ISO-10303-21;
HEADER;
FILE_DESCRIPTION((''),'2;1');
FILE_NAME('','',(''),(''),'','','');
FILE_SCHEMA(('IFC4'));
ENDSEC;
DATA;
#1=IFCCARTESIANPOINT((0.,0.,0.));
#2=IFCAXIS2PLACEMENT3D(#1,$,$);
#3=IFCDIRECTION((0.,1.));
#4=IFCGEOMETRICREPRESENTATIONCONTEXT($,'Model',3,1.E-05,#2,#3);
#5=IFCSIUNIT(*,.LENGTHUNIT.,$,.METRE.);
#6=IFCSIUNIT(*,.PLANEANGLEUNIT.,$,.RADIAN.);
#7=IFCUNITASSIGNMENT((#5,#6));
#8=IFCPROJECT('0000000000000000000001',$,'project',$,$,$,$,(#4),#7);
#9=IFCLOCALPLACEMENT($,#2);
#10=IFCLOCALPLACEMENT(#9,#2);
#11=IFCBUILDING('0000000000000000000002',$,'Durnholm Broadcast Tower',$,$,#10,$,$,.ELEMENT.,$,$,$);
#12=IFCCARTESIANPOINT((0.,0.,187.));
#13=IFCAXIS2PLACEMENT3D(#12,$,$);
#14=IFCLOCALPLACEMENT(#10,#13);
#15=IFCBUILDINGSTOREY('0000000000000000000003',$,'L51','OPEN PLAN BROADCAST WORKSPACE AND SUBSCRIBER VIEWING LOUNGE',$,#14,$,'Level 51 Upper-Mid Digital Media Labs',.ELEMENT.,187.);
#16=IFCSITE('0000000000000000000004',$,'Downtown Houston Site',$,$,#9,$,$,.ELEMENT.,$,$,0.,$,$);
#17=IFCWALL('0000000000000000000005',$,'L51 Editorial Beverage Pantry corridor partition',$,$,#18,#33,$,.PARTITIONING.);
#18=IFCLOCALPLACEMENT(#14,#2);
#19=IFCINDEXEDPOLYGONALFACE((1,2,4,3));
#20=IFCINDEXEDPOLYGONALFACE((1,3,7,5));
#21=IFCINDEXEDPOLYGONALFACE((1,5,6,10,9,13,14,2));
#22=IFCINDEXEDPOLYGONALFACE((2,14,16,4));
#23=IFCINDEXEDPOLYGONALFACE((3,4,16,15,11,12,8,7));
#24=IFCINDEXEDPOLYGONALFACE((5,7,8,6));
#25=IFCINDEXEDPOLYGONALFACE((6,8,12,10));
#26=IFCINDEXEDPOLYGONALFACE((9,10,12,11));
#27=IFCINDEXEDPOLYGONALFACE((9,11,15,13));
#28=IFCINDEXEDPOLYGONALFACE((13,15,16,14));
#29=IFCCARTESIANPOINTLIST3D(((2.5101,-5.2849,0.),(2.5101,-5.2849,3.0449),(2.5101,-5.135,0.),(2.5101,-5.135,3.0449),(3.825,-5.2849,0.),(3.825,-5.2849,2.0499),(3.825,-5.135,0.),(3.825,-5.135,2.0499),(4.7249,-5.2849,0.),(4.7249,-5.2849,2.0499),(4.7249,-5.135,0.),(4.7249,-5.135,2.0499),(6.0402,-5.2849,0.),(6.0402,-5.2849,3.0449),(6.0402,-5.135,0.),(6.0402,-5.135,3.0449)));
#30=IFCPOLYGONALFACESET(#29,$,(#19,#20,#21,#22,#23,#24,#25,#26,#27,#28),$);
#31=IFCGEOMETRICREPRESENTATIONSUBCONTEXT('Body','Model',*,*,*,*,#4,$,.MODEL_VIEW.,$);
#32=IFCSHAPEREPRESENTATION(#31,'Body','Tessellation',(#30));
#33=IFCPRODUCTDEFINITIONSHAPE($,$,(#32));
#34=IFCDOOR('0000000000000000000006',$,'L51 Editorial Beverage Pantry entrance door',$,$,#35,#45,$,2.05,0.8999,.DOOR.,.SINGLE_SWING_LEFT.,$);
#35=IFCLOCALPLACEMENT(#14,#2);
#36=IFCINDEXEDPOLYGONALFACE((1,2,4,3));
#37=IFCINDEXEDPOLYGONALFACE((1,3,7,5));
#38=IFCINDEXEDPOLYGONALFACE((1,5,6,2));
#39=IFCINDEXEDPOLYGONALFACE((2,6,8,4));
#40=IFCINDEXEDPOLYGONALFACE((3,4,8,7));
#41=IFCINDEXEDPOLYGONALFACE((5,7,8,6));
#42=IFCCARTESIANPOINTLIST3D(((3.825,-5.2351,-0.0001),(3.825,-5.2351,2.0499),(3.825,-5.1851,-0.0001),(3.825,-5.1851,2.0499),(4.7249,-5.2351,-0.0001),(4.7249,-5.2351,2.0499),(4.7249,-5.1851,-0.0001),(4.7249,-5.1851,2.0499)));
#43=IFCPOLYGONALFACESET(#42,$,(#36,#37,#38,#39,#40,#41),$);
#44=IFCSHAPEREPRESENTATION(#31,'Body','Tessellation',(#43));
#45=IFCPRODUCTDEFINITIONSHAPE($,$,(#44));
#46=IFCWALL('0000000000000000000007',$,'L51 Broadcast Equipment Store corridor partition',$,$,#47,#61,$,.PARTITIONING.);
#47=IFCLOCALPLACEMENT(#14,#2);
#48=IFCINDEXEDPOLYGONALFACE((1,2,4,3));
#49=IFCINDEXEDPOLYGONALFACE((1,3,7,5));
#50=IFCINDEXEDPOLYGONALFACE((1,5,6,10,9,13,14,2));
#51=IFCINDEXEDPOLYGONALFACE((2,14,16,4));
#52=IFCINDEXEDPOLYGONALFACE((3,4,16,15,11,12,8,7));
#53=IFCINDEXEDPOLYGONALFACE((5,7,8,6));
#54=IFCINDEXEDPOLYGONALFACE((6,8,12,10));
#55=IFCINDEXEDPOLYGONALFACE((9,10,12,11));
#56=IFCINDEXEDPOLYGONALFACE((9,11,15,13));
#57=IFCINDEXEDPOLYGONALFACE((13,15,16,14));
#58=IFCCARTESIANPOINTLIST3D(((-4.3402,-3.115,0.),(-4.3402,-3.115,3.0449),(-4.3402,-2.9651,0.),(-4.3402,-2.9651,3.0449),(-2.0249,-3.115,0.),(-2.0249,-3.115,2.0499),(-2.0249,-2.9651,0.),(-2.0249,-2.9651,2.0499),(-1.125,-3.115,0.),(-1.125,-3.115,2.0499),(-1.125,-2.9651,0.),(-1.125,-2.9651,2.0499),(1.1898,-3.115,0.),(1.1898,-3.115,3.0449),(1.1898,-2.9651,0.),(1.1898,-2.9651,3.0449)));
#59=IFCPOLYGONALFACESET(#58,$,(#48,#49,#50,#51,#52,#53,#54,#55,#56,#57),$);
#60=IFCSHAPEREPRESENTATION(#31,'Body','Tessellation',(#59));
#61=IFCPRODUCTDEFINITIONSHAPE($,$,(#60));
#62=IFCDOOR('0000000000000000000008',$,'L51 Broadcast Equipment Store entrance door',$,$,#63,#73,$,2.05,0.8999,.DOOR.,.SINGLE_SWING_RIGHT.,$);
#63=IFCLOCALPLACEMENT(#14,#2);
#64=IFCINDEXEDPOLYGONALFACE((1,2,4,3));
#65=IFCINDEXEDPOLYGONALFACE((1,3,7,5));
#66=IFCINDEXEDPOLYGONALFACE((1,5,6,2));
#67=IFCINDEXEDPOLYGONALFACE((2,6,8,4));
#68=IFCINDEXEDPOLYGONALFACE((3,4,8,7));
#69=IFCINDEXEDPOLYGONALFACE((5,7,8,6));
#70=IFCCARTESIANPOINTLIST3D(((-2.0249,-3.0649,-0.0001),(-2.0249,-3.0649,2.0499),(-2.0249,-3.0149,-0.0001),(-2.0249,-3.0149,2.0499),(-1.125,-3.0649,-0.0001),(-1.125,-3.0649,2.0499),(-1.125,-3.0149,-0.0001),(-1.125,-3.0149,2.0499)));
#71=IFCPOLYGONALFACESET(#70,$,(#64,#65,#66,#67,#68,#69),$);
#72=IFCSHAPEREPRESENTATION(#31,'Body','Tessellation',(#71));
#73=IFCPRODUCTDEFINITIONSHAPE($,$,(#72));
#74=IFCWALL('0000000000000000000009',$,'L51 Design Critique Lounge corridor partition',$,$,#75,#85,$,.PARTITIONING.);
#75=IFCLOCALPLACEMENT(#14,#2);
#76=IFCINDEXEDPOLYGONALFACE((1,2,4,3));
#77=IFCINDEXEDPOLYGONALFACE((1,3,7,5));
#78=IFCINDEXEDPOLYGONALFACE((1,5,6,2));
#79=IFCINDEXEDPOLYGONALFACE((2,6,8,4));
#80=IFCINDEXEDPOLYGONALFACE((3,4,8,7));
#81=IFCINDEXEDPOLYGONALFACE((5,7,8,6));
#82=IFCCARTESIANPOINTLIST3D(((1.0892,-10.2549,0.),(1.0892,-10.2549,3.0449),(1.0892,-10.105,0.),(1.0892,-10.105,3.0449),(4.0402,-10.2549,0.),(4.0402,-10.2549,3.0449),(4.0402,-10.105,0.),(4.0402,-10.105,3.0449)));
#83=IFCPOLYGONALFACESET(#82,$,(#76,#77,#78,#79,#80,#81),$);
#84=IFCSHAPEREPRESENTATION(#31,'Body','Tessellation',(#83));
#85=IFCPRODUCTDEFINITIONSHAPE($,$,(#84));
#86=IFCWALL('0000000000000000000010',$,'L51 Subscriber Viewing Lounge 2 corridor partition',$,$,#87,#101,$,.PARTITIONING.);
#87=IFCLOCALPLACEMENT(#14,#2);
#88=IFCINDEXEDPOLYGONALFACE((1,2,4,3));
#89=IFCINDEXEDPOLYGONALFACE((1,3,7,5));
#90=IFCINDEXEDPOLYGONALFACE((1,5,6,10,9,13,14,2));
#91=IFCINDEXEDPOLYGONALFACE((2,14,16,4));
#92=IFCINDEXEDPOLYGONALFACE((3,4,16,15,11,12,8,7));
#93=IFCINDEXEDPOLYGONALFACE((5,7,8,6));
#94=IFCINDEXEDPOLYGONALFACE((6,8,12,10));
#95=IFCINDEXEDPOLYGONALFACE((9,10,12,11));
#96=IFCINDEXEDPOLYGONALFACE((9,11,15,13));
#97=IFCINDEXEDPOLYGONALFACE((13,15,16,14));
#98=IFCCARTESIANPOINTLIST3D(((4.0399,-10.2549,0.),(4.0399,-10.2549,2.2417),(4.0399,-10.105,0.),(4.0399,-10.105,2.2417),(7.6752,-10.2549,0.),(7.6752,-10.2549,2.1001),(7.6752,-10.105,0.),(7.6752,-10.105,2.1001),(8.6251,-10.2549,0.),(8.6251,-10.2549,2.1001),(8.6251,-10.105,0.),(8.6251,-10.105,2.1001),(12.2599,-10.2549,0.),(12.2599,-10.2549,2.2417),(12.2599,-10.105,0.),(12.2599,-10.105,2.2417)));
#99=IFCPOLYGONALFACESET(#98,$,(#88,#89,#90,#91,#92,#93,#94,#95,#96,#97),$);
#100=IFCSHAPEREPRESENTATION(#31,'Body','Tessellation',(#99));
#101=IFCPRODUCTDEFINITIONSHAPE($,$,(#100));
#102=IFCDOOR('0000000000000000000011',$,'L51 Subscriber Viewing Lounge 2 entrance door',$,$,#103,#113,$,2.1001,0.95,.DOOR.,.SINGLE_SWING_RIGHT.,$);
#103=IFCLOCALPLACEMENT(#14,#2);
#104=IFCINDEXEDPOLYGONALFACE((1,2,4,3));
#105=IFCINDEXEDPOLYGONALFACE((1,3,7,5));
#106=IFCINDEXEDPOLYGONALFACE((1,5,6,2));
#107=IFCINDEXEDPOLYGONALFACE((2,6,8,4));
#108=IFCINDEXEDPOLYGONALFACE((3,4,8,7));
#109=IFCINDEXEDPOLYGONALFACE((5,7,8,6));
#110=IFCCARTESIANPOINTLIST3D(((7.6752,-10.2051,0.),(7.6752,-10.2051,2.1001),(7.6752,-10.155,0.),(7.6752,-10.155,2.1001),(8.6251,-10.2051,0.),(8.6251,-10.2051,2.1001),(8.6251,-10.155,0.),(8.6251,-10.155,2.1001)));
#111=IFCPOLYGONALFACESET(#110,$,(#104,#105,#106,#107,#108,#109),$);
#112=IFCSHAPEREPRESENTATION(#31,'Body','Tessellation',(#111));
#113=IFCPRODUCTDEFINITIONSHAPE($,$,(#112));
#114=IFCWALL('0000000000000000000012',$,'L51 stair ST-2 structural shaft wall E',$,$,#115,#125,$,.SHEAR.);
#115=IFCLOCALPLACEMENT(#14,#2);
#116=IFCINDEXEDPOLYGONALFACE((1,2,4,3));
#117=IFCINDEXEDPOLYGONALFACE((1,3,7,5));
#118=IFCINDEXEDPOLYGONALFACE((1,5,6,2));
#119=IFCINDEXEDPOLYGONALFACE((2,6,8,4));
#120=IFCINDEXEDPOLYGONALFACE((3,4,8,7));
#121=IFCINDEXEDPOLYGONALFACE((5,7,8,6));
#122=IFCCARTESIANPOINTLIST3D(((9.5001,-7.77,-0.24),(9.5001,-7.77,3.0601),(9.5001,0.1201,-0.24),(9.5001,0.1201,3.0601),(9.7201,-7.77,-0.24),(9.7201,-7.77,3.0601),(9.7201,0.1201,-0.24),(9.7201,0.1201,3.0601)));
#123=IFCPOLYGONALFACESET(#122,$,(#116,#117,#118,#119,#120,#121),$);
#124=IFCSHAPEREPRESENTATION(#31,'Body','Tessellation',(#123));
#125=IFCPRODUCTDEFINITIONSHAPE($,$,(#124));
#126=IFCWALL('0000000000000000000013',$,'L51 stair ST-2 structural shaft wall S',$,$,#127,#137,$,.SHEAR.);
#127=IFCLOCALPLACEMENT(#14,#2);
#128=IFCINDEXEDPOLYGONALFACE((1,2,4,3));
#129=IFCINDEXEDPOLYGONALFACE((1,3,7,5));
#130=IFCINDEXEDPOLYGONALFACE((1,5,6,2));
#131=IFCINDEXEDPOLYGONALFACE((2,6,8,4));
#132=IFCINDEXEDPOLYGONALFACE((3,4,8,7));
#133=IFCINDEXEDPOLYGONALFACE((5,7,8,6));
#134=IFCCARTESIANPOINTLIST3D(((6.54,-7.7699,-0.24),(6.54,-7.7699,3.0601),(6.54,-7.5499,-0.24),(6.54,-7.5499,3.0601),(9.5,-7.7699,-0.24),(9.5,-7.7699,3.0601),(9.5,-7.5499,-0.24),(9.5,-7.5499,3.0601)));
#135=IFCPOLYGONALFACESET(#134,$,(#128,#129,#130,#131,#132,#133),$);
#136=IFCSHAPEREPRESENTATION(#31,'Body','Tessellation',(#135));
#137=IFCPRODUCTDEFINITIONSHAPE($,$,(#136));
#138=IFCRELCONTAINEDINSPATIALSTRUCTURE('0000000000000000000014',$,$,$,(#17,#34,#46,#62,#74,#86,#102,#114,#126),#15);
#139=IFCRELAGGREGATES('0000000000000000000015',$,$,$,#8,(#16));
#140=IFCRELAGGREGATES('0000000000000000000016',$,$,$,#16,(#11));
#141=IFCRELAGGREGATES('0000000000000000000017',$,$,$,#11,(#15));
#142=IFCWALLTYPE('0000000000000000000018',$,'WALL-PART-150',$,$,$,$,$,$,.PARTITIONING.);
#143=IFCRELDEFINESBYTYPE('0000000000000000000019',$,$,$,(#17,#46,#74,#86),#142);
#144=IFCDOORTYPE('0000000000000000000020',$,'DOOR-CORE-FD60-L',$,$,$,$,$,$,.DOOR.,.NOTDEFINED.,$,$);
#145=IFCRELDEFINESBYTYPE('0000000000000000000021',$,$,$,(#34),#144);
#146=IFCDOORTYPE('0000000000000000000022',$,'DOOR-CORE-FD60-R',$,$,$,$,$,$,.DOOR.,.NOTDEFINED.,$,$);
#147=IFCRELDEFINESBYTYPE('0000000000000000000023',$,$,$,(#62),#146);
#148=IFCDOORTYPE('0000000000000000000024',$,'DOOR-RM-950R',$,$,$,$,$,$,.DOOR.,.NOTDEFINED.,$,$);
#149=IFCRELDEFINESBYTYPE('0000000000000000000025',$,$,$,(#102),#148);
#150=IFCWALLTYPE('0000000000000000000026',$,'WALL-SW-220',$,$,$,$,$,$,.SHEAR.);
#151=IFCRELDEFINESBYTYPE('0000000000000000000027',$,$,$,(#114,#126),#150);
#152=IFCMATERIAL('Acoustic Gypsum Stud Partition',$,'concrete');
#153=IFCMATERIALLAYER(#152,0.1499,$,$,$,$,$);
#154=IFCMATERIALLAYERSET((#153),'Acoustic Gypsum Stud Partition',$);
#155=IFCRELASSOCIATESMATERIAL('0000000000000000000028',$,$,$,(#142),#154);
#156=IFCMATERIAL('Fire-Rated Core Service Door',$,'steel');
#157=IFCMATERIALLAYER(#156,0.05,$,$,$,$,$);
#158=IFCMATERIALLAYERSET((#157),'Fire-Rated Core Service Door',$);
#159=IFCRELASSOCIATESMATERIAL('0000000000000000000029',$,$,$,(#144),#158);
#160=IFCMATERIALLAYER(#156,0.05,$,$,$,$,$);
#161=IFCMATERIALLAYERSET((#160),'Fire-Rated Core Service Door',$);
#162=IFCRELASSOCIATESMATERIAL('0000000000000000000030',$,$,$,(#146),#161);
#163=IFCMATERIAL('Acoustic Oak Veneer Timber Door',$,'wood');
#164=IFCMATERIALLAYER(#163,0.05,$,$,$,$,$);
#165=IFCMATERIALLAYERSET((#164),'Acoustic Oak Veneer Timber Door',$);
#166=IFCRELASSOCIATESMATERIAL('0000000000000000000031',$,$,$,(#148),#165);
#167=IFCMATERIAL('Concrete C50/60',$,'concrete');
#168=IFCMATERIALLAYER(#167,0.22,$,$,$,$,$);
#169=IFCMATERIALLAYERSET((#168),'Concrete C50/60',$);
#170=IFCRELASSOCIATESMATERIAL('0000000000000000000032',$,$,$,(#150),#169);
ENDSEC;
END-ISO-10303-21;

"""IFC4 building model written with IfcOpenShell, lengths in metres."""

from ifc_helpers import new_model, si_unit, direction, frame, frame_2d, origin, place, context, subcontext, project, spatial, rectangle, extrude, source, transform, mapped, material, layer, layer_set, type_object, type_shapes, element, fill, save


model = new_model("IFC4")

# Units and contexts
model_context = context("Model", 3, precision=1e-05, world=origin(), true_north=direction((0.0, 1.0)))
body_context = subcontext(model_context, "Body", "Model", "MODEL_VIEW")
ifc_project = project(units=[si_unit("LENGTHUNIT", "METRE"), si_unit("PLANEANGLEUNIT", "RADIAN")], contexts=[model_context])

# Site, building, storey
site_placement = place(None, origin())
site = spatial("IfcSite", under=ifc_project, at=site_placement, Name="Downtown Houston Site", CompositionType="ELEMENT", RefElevation=0.0)
building_placement = place(site_placement, origin())
building = spatial("IfcBuilding", under=site, at=building_placement, Name="Durnholm Broadcast Tower", CompositionType="ELEMENT")
storey_placement = place(building_placement, frame((0.0, 0.0, 187.0)))
storey = spatial("IfcBuildingStorey", under=building, at=storey_placement, Name="L51", Description="OPEN PLAN BROADCAST WORKSPACE AND SUBSCRIBER VIEWING LOUNGE", LongName="Level 51 Upper-Mid Digital Media Labs", CompositionType="ELEMENT", Elevation=187.0)

# Walls, openings, doors
ifc_material_1 = material(Name="Acoustic Gypsum Stud Partition", Category="concrete")
ifc_layer_1 = layer(ifc_material_1, 0.1499)
ifc_layer_set_1 = layer_set([ifc_layer_1], Name="Acoustic Gypsum Stud Partition")
wall_type_1 = type_object("IfcWallType", Name="WALL-PART-150", PredefinedType="PARTITIONING", material=ifc_layer_set_1)
wall_1_placement = place(storey_placement, frame((2.51, -5.21, 0.0), z_axis=(0.0, 0.0, 1.0), x_axis=(1.0, 0.0, 0.0)))
wall_1 = element("IfcWall", 1, at=wall_1_placement, inside=storey, type_object=wall_type_1, Name="L51 Editorial Beverage Pantry corridor partition", PredefinedType="PARTITIONING", context=body_context, shape_type="SweptSolid", body=[
    extrude(rectangle(XDim=3.53, YDim=0.1499, at=frame_2d((1.7651, 0.0))), origin(), (0.0, 0.0, 1.0), 3.0449),
])
opening_1_placement = place(wall_1_placement, frame((1.3149, 0.0, 0.0)))
opening_1 = element("IfcOpeningElement", 2, at=opening_1_placement, cuts=wall_1, PredefinedType="OPENING", context=body_context, shape_type="SweptSolid", body=[
    extrude(rectangle(XDim=0.8999, YDim=2.05, at=frame_2d((0.45, 1.0249))), frame((0.0, 0.085, 0.0), z_axis=(0.0, -1.0, 0.0), x_axis=(1.0, 0.0, 0.0)), (0.0, 0.0, 1.0), 0.1699),
])
ifc_material_2 = material(Name="Fire-Rated Core Service Door", Category="steel")
ifc_layer_2 = layer(ifc_material_2, 0.05)
ifc_layer_set_2 = layer_set([ifc_layer_2], Name="Fire-Rated Core Service Door")
door_type_1 = type_object("IfcDoorType", Name="DOOR-CORE-FD60-L", OperationType="NOTDEFINED", PredefinedType="DOOR", material=ifc_layer_set_2)
shared_shape_1 = source(origin(), body_context, "Body", "SweptSolid", [
    extrude(rectangle(XDim=0.8999, YDim=2.05, at=frame_2d((0.45, 1.0249))), frame((0.0, 0.0249, 0.0), z_axis=(0.0, -1.0, 0.0), x_axis=(1.0, 0.0, 0.0)), (0.0, 0.0, 1.0), 0.05),
])
type_shapes(door_type_1, [shared_shape_1])
door_1_placement = place(opening_1_placement, origin())
door_1 = element("IfcDoor", 3, at=door_1_placement, inside=storey, type_object=door_type_1, Name="L51 Editorial Beverage Pantry entrance door", OperationType="SINGLE_SWING_LEFT", OverallHeight=2.05, OverallWidth=0.8999, PredefinedType="DOOR", context=body_context, shape_type="MappedRepresentation", body=[
    mapped(shared_shape_1, transform((0.0, 0.0, 0.0), x_axis=(1.0, 0.0, 0.0), y_axis=(0.0, 1.0, 0.0), z_axis=(0.0, 0.0, 1.0), scale=1.0)),
])
fill(opening_1, door_1)
wall_2_placement = place(storey_placement, frame((1.1899, -3.04, 0.0), z_axis=(0.0, 0.0, 1.0), x_axis=(-1.0, 0.0, 0.0)))
wall_2 = element("IfcWall", 4, at=wall_2_placement, inside=storey, type_object=wall_type_1, Name="L51 Broadcast Equipment Store corridor partition", PredefinedType="PARTITIONING", context=body_context, shape_type="SweptSolid", body=[
    extrude(rectangle(XDim=5.53, YDim=0.1499, at=frame_2d((2.7651, 0.0))), origin(), (0.0, 0.0, 1.0), 3.0449),
])
opening_2_placement = place(wall_2_placement, frame((2.3149, 0.0, 0.0)))
opening_2 = element("IfcOpeningElement", 5, at=opening_2_placement, cuts=wall_2, PredefinedType="OPENING", context=body_context, shape_type="SweptSolid", body=[
    extrude(rectangle(XDim=0.8999, YDim=2.05, at=frame_2d((0.45, 1.0249))), frame((0.0, 0.085, 0.0), z_axis=(0.0, -1.0, 0.0), x_axis=(1.0, 0.0, 0.0)), (0.0, 0.0, 1.0), 0.1699),
])
ifc_layer_3 = layer(ifc_material_2, 0.05)
ifc_layer_set_3 = layer_set([ifc_layer_3], Name="Fire-Rated Core Service Door")
door_type_2 = type_object("IfcDoorType", Name="DOOR-CORE-FD60-R", OperationType="NOTDEFINED", PredefinedType="DOOR", material=ifc_layer_set_3)
shared_shape_2 = source(origin(), body_context, "Body", "SweptSolid", [
    extrude(rectangle(XDim=0.8999, YDim=2.05, at=frame_2d((0.45, 1.0249))), frame((0.0, 0.0249, 0.0), z_axis=(0.0, -1.0, 0.0), x_axis=(1.0, 0.0, 0.0)), (0.0, 0.0, 1.0), 0.05),
])
type_shapes(door_type_2, [shared_shape_2])
door_2_placement = place(opening_2_placement, origin())
door_2 = element("IfcDoor", 6, at=door_2_placement, inside=storey, type_object=door_type_2, Name="L51 Broadcast Equipment Store entrance door", OperationType="SINGLE_SWING_RIGHT", OverallHeight=2.05, OverallWidth=0.8999, PredefinedType="DOOR", context=body_context, shape_type="MappedRepresentation", body=[
    mapped(shared_shape_2, transform((0.0, 0.0, 0.0), x_axis=(1.0, 0.0, 0.0), y_axis=(0.0, 1.0, 0.0), z_axis=(0.0, 0.0, 1.0), scale=1.0)),
])
fill(opening_2, door_2)

# Wall
wall_3_placement = place(storey_placement, frame((1.0891, -10.1799, 0.0), z_axis=(0.0, 0.0, 1.0), x_axis=(1.0, 0.0, 0.0)))
element("IfcWall", 7, at=wall_3_placement, inside=storey, type_object=wall_type_1, Name="L51 Design Critique Lounge corridor partition", PredefinedType="PARTITIONING", context=body_context, shape_type="SweptSolid", body=[
    extrude(rectangle(XDim=2.9509, YDim=0.1499, at=frame_2d((1.4756, 0.0))), origin(), (0.0, 0.0, 1.0), 3.0449),
])

# Wall, opening, door
wall_4_placement = place(storey_placement, frame((4.04, -10.1799, 0.0), z_axis=(0.0, 0.0, 1.0), x_axis=(1.0, 0.0, 0.0)))
wall_4 = element("IfcWall", 8, at=wall_4_placement, inside=storey, type_object=wall_type_1, Name="L51 Subscriber Viewing Lounge 2 corridor partition", PredefinedType="PARTITIONING", context=body_context, shape_type="SweptSolid", body=[
    extrude(rectangle(XDim=8.22, YDim=0.1499, at=frame_2d((4.1099, 0.0))), origin(), (0.0, 0.0, 1.0), 2.2417),
])
opening_3_placement = place(wall_4_placement, frame((3.635, 0.0, 0.0)))
opening_3 = element("IfcOpeningElement", 9, at=opening_3_placement, cuts=wall_4, PredefinedType="OPENING", context=body_context, shape_type="SweptSolid", body=[
    extrude(rectangle(XDim=0.95, YDim=2.1001, at=frame_2d((0.4751, 1.05))), frame((0.0, 0.085, 0.0), z_axis=(0.0, -1.0, 0.0), x_axis=(1.0, 0.0, 0.0)), (0.0, 0.0, 1.0), 0.1699),
])
ifc_material_3 = material(Name="Acoustic Oak Veneer Timber Door", Category="wood")
ifc_layer_4 = layer(ifc_material_3, 0.05)
ifc_layer_set_4 = layer_set([ifc_layer_4], Name="Acoustic Oak Veneer Timber Door")
door_type_3 = type_object("IfcDoorType", Name="DOOR-RM-950R", OperationType="NOTDEFINED", PredefinedType="DOOR", material=ifc_layer_set_4)
shared_shape_3 = source(origin(), body_context, "Body", "SweptSolid", [
    extrude(rectangle(XDim=0.95, YDim=2.1001, at=frame_2d((0.4751, 1.05))), frame((0.0, 0.0249, 0.0), z_axis=(0.0, -1.0, 0.0), x_axis=(1.0, 0.0, 0.0)), (0.0, 0.0, 1.0), 0.05),
])
type_shapes(door_type_3, [shared_shape_3])
door_3_placement = place(opening_3_placement, origin())
door_3 = element("IfcDoor", 10, at=door_3_placement, inside=storey, type_object=door_type_3, Name="L51 Subscriber Viewing Lounge 2 entrance door", OperationType="SINGLE_SWING_RIGHT", OverallHeight=2.1001, OverallWidth=0.95, PredefinedType="DOOR", context=body_context, shape_type="MappedRepresentation", body=[
    mapped(shared_shape_3, transform((0.0, 0.0, 0.0), x_axis=(1.0, 0.0, 0.0), y_axis=(0.0, 1.0, 0.0), z_axis=(0.0, 0.0, 1.0), scale=1.0)),
])
fill(opening_3, door_3)

# Walls
ifc_material_4 = material(Name="Concrete C50/60", Category="concrete")
ifc_layer_5 = layer(ifc_material_4, 0.22)
ifc_layer_set_5 = layer_set([ifc_layer_5], Name="Concrete C50/60")
wall_type_2 = type_object("IfcWallType", Name="WALL-SW-220", PredefinedType="SHEAR", material=ifc_layer_set_5)
wall_5_placement = place(storey_placement, frame((9.6101, -7.77, -0.24), z_axis=(0.0, 0.0, 1.0), x_axis=(0.0, 1.0, 0.0)))
element("IfcWall", 11, at=wall_5_placement, inside=storey, type_object=wall_type_2, Name="L51 stair ST-2 structural shaft wall E", PredefinedType="SHEAR", context=body_context, shape_type="SweptSolid", body=[
    extrude(rectangle(XDim=7.8901, YDim=0.22, at=frame_2d((3.9451, 0.0))), origin(), (0.0, 0.0, 1.0), 3.3),
])
wall_6_placement = place(storey_placement, frame((6.54, -7.6599, -0.24), z_axis=(0.0, 0.0, 1.0), x_axis=(1.0, 0.0, 0.0)))
element("IfcWall", 12, at=wall_6_placement, inside=storey, type_object=wall_type_2, Name="L51 stair ST-2 structural shaft wall S", PredefinedType="SHEAR", context=body_context, shape_type="SweptSolid", body=[
    extrude(rectangle(XDim=2.96, YDim=0.22, at=frame_2d((1.48, 0.0))), origin(), (0.0, 0.0, 1.0), 3.3),
])

save(model, "model.ifc")
